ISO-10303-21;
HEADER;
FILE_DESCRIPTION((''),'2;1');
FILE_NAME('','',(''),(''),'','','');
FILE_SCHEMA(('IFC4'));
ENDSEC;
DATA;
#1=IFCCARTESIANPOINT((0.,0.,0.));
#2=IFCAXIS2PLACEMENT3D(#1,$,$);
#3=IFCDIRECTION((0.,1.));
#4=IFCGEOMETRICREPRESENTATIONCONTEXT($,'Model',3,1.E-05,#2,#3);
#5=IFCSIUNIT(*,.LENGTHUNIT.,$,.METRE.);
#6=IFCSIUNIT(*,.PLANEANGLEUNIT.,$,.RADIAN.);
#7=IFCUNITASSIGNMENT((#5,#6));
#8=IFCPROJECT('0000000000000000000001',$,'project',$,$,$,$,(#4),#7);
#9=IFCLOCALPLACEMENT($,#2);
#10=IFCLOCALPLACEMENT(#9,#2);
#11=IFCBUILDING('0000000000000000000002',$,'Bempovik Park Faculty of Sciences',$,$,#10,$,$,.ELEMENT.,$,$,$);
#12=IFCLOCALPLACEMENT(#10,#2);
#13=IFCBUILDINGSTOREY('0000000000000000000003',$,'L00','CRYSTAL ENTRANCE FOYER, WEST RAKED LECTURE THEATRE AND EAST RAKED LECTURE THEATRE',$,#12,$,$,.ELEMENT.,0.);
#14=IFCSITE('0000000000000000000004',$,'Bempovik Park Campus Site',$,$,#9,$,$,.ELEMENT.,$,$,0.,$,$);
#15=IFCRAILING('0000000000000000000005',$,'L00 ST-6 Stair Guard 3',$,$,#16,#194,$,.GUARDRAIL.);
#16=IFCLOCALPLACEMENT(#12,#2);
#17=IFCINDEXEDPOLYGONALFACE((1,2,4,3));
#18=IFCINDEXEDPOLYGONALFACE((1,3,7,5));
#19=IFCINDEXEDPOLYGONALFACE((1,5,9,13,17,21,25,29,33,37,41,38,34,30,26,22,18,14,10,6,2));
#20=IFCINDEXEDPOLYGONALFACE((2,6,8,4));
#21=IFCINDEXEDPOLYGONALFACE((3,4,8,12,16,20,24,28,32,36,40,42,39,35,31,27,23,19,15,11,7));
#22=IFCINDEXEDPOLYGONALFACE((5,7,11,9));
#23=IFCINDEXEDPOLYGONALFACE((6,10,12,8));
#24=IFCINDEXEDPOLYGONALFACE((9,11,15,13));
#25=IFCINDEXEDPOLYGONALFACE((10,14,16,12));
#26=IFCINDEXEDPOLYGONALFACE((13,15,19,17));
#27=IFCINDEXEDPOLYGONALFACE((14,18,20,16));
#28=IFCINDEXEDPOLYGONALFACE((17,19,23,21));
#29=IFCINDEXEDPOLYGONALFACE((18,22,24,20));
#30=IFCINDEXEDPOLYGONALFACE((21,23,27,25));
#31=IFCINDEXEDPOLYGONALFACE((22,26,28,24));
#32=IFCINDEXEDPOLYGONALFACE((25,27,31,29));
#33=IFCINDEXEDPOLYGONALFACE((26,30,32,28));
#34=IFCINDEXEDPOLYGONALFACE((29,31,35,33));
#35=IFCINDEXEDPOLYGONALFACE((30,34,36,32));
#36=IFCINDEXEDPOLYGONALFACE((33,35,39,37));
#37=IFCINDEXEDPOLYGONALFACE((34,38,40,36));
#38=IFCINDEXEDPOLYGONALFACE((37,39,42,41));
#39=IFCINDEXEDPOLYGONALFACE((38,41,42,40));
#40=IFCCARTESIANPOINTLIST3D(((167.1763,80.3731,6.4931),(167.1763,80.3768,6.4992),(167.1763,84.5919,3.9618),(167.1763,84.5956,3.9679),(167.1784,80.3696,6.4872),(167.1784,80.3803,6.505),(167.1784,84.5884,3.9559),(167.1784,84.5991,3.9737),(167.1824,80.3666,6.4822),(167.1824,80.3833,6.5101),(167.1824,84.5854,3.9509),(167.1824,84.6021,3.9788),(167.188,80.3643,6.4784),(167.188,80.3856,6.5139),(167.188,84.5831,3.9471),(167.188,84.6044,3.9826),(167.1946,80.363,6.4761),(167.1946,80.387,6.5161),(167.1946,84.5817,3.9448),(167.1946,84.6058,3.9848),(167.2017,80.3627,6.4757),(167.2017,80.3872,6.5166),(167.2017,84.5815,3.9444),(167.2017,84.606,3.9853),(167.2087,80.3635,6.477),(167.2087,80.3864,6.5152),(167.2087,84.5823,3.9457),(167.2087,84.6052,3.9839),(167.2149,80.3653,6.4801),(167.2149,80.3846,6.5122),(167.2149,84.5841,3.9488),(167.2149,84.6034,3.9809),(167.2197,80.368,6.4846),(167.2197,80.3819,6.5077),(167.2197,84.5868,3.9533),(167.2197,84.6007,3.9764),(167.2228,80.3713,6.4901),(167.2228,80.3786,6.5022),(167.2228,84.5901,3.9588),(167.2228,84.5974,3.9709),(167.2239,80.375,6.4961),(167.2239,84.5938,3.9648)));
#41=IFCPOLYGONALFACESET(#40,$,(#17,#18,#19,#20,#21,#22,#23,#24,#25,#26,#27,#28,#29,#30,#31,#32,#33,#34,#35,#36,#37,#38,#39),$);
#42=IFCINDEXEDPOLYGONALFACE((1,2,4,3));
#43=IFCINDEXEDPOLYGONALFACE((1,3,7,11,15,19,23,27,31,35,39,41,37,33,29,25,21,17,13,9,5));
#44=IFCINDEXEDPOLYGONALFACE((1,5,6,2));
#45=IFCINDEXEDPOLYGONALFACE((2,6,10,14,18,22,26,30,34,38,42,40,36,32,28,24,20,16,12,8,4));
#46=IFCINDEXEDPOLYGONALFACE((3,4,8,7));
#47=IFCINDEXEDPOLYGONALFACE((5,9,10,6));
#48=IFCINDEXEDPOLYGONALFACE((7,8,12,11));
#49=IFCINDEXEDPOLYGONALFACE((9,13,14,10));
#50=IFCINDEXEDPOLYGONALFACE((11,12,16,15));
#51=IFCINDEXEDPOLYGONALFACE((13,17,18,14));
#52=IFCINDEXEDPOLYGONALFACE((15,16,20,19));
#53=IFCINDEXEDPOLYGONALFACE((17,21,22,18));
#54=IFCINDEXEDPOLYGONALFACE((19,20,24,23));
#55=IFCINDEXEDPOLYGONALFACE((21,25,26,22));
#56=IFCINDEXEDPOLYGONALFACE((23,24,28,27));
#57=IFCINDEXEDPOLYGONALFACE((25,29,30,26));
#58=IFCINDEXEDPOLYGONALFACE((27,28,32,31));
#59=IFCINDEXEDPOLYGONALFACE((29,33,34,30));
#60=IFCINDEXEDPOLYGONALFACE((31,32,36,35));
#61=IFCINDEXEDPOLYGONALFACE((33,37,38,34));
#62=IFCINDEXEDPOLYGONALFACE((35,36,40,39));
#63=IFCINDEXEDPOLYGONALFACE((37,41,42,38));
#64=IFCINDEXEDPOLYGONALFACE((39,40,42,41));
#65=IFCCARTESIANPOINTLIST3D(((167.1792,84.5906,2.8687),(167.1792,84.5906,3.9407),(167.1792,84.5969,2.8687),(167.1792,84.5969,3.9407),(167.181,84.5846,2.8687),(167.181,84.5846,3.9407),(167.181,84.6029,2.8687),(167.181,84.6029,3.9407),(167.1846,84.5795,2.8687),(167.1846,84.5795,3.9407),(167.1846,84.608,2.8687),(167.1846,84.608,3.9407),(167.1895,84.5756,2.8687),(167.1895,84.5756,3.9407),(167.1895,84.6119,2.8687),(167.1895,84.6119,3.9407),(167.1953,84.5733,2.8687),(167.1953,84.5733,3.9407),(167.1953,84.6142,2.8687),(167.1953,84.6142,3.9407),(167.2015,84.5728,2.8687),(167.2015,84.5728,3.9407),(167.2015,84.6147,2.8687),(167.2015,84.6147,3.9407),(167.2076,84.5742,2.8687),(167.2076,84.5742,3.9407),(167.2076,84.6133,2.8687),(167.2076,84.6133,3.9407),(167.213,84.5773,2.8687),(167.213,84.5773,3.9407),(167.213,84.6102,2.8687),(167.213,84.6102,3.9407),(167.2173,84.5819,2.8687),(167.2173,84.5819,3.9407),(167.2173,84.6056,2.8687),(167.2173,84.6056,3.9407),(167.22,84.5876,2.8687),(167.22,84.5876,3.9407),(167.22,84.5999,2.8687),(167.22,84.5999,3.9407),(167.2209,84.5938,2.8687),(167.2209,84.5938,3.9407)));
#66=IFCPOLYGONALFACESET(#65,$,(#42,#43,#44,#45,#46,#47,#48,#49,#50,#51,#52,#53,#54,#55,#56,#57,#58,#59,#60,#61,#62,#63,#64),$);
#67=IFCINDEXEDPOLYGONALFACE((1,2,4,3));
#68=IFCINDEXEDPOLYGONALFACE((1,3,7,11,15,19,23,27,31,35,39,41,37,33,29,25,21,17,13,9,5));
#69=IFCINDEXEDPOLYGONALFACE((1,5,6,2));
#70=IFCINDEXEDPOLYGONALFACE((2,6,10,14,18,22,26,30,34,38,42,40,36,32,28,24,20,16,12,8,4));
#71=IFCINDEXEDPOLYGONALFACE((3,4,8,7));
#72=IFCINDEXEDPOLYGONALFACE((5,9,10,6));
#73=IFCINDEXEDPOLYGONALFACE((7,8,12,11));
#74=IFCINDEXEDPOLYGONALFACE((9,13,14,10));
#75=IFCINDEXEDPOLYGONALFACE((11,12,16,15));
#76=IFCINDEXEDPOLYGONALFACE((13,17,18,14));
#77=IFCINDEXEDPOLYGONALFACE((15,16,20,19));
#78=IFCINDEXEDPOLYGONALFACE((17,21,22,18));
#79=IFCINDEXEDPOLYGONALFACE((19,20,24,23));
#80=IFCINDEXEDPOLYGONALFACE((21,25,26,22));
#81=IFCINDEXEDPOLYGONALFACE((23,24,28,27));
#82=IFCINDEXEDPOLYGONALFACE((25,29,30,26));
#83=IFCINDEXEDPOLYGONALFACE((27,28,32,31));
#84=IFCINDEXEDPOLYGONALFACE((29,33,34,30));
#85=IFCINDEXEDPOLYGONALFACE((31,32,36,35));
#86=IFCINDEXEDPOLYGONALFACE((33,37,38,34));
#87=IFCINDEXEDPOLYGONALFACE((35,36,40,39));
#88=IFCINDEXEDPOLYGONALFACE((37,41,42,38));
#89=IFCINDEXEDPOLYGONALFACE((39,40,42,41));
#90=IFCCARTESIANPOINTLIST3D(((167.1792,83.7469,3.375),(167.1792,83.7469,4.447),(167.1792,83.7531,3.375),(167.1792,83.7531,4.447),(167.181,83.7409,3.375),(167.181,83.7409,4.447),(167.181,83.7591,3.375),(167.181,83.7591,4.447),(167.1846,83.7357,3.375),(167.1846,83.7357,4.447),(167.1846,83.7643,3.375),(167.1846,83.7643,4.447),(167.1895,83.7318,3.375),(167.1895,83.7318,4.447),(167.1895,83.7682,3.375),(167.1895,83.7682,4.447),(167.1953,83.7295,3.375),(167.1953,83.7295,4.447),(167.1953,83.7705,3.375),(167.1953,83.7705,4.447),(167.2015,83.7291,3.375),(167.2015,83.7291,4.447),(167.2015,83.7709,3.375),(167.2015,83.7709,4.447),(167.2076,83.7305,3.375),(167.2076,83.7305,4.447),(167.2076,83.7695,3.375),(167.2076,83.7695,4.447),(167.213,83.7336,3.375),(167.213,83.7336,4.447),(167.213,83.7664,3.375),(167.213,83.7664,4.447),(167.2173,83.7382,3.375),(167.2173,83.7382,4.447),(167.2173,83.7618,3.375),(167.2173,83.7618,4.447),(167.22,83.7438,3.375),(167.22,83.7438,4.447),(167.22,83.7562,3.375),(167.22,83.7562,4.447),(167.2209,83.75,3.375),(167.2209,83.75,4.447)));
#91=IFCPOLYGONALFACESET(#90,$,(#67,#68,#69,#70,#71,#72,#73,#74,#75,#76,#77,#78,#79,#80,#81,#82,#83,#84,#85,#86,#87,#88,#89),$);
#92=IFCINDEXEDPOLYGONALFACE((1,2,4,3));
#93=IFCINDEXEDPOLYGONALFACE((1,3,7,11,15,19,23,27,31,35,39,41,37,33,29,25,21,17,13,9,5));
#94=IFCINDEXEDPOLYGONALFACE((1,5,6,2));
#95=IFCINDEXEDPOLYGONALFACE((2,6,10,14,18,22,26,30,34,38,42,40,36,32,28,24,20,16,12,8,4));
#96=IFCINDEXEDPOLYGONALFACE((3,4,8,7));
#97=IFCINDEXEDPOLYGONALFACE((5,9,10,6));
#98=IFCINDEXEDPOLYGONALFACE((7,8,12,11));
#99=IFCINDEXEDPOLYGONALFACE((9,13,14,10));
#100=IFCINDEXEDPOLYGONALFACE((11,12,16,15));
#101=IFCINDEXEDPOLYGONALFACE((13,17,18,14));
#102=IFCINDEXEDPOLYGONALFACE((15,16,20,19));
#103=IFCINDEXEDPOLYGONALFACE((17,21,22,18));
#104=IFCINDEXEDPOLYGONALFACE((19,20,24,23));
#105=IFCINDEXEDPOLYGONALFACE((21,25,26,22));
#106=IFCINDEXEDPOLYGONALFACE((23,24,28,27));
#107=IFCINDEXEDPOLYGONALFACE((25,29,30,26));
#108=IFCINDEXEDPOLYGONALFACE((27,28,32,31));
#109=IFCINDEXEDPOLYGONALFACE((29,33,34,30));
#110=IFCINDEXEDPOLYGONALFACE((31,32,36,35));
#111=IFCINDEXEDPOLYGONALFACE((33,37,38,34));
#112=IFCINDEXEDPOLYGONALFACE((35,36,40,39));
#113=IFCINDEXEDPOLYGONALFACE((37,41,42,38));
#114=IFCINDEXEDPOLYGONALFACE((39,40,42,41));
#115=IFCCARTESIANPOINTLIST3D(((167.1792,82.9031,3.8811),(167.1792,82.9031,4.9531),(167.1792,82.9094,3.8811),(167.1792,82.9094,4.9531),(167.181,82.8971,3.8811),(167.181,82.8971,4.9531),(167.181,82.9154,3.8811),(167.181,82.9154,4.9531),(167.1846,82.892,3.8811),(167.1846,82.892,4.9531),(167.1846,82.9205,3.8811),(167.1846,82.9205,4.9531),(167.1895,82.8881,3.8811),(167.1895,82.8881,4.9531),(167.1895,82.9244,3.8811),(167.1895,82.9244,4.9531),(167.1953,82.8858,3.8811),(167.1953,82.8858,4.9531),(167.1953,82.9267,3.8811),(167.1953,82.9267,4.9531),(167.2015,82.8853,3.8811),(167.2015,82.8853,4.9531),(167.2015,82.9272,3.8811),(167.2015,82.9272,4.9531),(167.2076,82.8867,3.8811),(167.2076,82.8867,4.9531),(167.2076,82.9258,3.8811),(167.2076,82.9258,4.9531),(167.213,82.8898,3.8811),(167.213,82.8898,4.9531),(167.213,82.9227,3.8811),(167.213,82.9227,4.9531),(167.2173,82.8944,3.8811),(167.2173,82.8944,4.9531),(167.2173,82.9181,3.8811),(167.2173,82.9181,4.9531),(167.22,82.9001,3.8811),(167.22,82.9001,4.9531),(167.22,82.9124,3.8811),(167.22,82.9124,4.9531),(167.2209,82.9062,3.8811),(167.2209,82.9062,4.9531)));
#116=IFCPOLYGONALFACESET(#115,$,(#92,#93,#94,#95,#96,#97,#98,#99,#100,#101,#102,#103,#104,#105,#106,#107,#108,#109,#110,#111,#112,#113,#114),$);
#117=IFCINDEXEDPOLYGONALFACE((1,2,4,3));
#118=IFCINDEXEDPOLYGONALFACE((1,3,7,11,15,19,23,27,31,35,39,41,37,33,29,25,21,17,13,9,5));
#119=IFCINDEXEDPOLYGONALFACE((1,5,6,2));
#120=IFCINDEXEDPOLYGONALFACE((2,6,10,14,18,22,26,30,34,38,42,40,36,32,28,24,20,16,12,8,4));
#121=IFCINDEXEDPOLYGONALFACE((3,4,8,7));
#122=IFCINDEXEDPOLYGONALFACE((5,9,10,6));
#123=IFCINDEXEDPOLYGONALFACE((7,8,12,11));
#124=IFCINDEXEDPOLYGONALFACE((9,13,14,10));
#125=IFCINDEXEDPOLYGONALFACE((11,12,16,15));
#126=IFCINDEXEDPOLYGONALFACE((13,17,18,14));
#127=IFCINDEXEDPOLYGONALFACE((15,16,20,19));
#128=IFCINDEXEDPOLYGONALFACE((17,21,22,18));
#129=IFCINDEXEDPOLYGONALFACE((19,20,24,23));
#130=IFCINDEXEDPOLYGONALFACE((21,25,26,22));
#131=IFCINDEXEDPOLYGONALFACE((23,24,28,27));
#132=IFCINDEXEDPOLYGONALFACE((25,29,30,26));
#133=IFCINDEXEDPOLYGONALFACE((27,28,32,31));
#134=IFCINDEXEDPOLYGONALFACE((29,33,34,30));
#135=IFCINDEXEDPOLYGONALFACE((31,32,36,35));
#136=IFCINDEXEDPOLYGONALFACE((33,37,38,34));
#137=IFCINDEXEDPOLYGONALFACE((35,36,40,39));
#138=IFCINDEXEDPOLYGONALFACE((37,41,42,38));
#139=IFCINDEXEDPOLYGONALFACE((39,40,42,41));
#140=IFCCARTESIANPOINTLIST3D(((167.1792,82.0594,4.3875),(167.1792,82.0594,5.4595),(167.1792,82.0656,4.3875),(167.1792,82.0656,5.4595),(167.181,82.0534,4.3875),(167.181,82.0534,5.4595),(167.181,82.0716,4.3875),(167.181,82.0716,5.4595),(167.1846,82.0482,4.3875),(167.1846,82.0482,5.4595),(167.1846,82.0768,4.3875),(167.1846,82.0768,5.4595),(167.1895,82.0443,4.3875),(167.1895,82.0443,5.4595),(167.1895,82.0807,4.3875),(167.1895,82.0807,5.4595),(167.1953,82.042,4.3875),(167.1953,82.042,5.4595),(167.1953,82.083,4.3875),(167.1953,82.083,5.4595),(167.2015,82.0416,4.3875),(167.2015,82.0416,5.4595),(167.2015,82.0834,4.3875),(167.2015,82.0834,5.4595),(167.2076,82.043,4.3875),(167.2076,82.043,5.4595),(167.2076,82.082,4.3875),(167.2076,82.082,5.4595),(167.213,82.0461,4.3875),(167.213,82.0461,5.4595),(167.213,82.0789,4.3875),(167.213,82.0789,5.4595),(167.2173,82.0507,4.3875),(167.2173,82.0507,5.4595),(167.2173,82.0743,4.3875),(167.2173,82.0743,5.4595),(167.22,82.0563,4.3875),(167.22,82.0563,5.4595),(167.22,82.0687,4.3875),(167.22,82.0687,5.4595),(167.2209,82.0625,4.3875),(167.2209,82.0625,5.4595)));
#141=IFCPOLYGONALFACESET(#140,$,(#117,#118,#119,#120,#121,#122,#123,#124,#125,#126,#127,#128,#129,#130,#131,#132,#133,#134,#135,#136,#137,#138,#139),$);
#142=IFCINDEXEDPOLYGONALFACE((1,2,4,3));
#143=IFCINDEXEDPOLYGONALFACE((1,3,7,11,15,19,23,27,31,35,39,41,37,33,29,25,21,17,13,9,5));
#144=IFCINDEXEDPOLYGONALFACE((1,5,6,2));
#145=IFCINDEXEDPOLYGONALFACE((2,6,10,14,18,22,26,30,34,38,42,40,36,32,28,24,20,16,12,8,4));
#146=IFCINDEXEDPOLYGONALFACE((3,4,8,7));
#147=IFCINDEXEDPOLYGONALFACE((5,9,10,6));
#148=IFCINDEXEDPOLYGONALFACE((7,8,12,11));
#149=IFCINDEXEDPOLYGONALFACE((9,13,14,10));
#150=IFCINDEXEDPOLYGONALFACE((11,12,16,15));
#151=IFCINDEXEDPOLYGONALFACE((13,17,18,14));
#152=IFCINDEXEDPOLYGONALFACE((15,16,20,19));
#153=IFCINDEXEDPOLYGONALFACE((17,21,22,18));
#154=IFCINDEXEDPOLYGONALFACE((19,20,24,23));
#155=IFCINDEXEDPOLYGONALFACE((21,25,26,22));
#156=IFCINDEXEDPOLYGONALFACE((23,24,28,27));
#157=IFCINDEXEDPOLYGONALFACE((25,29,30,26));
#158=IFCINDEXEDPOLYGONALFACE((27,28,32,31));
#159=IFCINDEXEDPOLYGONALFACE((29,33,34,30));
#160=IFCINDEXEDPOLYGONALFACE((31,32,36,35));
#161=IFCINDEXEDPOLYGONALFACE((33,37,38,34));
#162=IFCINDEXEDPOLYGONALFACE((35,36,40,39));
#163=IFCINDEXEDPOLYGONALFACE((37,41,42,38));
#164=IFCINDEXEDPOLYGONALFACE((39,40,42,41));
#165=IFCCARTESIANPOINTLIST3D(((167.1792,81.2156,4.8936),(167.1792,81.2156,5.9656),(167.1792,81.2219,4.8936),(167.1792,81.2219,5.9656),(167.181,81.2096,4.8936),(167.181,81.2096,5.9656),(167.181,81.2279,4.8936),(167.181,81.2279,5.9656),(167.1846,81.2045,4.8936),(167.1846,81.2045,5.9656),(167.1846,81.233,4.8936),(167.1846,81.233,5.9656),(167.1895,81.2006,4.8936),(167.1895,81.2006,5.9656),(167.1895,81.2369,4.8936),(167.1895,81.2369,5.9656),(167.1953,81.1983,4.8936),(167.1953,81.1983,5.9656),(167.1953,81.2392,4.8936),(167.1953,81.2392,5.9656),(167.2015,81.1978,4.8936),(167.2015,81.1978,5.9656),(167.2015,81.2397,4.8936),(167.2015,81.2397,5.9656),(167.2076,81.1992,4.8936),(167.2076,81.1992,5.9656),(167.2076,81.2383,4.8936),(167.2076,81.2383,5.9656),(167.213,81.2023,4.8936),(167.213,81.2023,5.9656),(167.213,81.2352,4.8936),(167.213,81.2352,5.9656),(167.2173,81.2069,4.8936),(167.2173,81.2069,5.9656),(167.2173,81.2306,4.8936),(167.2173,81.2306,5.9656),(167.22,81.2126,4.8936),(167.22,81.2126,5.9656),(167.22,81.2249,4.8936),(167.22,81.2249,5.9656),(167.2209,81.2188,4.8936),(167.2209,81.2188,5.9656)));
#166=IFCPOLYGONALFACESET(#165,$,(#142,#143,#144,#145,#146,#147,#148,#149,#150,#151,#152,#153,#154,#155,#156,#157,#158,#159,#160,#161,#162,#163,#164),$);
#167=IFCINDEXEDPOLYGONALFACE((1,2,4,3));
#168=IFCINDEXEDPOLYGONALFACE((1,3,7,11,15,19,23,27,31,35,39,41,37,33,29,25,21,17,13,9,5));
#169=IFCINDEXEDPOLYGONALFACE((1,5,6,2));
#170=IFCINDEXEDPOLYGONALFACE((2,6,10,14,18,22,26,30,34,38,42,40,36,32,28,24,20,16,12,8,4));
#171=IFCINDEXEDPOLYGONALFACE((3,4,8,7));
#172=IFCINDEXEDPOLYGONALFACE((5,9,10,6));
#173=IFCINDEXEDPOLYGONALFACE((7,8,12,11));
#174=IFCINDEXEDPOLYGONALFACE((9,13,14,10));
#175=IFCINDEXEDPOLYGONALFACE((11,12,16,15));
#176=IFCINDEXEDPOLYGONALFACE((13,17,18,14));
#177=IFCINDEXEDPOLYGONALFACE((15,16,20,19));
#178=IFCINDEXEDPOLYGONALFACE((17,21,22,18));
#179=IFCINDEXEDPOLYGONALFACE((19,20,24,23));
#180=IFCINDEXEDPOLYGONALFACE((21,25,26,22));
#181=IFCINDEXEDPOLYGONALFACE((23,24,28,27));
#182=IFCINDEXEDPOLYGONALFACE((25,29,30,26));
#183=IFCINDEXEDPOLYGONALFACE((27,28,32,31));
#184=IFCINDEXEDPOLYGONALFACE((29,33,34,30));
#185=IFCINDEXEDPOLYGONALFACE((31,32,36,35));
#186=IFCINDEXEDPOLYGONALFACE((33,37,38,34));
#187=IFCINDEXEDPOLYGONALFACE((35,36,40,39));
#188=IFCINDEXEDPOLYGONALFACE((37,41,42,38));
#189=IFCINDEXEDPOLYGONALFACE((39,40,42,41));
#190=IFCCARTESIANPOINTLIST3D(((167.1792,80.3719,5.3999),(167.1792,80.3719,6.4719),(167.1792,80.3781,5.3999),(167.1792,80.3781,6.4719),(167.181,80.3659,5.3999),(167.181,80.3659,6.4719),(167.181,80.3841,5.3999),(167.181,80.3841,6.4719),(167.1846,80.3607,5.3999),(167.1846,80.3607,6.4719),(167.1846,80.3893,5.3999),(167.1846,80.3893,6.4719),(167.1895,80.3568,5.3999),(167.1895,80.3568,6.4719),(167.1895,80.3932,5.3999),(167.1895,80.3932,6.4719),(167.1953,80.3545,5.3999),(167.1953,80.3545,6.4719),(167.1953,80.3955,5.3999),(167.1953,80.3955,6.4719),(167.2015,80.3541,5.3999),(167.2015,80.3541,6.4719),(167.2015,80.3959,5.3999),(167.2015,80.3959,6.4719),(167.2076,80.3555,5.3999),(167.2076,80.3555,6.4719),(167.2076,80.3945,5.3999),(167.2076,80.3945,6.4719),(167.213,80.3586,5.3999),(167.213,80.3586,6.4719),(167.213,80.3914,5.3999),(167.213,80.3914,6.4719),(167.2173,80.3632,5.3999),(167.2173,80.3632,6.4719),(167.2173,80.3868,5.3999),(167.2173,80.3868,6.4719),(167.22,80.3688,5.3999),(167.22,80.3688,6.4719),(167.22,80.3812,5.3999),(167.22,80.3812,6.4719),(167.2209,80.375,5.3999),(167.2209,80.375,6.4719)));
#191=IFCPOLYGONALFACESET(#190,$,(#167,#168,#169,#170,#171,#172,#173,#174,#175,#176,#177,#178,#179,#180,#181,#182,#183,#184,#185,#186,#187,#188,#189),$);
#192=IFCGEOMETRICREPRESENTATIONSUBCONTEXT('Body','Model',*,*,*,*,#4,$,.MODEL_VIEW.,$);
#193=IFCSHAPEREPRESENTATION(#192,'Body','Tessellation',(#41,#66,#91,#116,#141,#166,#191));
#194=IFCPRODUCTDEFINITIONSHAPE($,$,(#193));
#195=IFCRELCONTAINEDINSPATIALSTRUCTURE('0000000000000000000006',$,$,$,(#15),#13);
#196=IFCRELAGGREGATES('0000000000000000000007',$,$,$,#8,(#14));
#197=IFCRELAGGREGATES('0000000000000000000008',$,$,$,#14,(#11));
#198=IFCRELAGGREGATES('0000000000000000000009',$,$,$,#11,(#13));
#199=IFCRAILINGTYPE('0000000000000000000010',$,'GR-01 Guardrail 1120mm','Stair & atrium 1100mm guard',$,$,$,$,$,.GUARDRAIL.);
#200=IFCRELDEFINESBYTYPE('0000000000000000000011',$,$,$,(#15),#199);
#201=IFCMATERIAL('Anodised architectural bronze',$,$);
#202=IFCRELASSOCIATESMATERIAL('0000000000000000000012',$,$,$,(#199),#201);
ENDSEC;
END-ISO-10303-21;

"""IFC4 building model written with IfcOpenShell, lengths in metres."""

from ifc_helpers import new_model, si_unit, direction, frame, origin, origin_2d, place, context, subcontext, project, spatial, circle, extrude, material, type_object, element, save


model = new_model("IFC4")

# Units and contexts
model_context = context("Model", 3, precision=1e-05, world=origin(), true_north=direction((0.0, 1.0)))
body_context = subcontext(model_context, "Body", "Model", "MODEL_VIEW")
ifc_project = project(units=[si_unit("LENGTHUNIT", "METRE"), si_unit("PLANEANGLEUNIT", "RADIAN")], contexts=[model_context])

# Site, building, storey
site_placement = place(None, origin())
site = spatial("IfcSite", under=ifc_project, at=site_placement, Name="Bempovik Park Campus Site", CompositionType="ELEMENT", RefElevation=0.0)
building_placement = place(site_placement, origin())
building = spatial("IfcBuilding", under=site, at=building_placement, Name="Bempovik Park Faculty of Sciences", CompositionType="ELEMENT")
storey_placement = place(building_placement, origin())
storey = spatial("IfcBuildingStorey", under=building, at=storey_placement, Name="L00", Description="CRYSTAL ENTRANCE FOYER, WEST RAKED LECTURE THEATRE AND EAST RAKED LECTURE THEATRE", CompositionType="ELEMENT", Elevation=0.0)

# Railing
ifc_material_1 = material(Name="Anodised architectural bronze")
railing_type_1 = type_object("IfcRailingType", Name="GR-01 Guardrail 1120mm", Description="Stair & atrium 1100mm guard", PredefinedType="GUARDRAIL", material=ifc_material_1)
railing_1_placement = place(storey_placement, frame((167.2, 84.5938, 2.8687)))
element("IfcRailing", 1, at=railing_1_placement, inside=storey, type_object=railing_type_1, Name="L00 ST-6 Stair Guard 3", PredefinedType="GUARDRAIL", context=body_context, shape_type="SweptSolid", body=[
    extrude(circle(Radius=0.0239, at=origin_2d()), frame((0.0, 0.0, 1.0962), z_axis=(0.0, -0.857493, 0.514496), x_axis=(1.0, 0.0, 0.0)), (0.0, 0.0, 1.0), 4.9199),
    extrude(circle(Radius=0.021, at=origin_2d()), origin(), (0.0, 0.0, 1.0), 1.072),
    extrude(circle(Radius=0.021, at=origin_2d()), frame((0.0, -0.8438, 0.5063)), (0.0, 0.0, 1.0), 1.072),
    extrude(circle(Radius=0.021, at=origin_2d()), frame((0.0, -1.6875, 1.0125)), (0.0, 0.0, 1.0), 1.072),
    extrude(circle(Radius=0.021, at=origin_2d()), frame((0.0, -2.5312, 1.5188)), (0.0, 0.0, 1.0), 1.072),
    extrude(circle(Radius=0.021, at=origin_2d()), frame((0.0, -3.375, 2.0249)), (0.0, 0.0, 1.0), 1.072),
    extrude(circle(Radius=0.021, at=origin_2d()), frame((0.0, -4.2188, 2.5312)), (0.0, 0.0, 1.0), 1.072),
])

save(model, "model.ifc")
